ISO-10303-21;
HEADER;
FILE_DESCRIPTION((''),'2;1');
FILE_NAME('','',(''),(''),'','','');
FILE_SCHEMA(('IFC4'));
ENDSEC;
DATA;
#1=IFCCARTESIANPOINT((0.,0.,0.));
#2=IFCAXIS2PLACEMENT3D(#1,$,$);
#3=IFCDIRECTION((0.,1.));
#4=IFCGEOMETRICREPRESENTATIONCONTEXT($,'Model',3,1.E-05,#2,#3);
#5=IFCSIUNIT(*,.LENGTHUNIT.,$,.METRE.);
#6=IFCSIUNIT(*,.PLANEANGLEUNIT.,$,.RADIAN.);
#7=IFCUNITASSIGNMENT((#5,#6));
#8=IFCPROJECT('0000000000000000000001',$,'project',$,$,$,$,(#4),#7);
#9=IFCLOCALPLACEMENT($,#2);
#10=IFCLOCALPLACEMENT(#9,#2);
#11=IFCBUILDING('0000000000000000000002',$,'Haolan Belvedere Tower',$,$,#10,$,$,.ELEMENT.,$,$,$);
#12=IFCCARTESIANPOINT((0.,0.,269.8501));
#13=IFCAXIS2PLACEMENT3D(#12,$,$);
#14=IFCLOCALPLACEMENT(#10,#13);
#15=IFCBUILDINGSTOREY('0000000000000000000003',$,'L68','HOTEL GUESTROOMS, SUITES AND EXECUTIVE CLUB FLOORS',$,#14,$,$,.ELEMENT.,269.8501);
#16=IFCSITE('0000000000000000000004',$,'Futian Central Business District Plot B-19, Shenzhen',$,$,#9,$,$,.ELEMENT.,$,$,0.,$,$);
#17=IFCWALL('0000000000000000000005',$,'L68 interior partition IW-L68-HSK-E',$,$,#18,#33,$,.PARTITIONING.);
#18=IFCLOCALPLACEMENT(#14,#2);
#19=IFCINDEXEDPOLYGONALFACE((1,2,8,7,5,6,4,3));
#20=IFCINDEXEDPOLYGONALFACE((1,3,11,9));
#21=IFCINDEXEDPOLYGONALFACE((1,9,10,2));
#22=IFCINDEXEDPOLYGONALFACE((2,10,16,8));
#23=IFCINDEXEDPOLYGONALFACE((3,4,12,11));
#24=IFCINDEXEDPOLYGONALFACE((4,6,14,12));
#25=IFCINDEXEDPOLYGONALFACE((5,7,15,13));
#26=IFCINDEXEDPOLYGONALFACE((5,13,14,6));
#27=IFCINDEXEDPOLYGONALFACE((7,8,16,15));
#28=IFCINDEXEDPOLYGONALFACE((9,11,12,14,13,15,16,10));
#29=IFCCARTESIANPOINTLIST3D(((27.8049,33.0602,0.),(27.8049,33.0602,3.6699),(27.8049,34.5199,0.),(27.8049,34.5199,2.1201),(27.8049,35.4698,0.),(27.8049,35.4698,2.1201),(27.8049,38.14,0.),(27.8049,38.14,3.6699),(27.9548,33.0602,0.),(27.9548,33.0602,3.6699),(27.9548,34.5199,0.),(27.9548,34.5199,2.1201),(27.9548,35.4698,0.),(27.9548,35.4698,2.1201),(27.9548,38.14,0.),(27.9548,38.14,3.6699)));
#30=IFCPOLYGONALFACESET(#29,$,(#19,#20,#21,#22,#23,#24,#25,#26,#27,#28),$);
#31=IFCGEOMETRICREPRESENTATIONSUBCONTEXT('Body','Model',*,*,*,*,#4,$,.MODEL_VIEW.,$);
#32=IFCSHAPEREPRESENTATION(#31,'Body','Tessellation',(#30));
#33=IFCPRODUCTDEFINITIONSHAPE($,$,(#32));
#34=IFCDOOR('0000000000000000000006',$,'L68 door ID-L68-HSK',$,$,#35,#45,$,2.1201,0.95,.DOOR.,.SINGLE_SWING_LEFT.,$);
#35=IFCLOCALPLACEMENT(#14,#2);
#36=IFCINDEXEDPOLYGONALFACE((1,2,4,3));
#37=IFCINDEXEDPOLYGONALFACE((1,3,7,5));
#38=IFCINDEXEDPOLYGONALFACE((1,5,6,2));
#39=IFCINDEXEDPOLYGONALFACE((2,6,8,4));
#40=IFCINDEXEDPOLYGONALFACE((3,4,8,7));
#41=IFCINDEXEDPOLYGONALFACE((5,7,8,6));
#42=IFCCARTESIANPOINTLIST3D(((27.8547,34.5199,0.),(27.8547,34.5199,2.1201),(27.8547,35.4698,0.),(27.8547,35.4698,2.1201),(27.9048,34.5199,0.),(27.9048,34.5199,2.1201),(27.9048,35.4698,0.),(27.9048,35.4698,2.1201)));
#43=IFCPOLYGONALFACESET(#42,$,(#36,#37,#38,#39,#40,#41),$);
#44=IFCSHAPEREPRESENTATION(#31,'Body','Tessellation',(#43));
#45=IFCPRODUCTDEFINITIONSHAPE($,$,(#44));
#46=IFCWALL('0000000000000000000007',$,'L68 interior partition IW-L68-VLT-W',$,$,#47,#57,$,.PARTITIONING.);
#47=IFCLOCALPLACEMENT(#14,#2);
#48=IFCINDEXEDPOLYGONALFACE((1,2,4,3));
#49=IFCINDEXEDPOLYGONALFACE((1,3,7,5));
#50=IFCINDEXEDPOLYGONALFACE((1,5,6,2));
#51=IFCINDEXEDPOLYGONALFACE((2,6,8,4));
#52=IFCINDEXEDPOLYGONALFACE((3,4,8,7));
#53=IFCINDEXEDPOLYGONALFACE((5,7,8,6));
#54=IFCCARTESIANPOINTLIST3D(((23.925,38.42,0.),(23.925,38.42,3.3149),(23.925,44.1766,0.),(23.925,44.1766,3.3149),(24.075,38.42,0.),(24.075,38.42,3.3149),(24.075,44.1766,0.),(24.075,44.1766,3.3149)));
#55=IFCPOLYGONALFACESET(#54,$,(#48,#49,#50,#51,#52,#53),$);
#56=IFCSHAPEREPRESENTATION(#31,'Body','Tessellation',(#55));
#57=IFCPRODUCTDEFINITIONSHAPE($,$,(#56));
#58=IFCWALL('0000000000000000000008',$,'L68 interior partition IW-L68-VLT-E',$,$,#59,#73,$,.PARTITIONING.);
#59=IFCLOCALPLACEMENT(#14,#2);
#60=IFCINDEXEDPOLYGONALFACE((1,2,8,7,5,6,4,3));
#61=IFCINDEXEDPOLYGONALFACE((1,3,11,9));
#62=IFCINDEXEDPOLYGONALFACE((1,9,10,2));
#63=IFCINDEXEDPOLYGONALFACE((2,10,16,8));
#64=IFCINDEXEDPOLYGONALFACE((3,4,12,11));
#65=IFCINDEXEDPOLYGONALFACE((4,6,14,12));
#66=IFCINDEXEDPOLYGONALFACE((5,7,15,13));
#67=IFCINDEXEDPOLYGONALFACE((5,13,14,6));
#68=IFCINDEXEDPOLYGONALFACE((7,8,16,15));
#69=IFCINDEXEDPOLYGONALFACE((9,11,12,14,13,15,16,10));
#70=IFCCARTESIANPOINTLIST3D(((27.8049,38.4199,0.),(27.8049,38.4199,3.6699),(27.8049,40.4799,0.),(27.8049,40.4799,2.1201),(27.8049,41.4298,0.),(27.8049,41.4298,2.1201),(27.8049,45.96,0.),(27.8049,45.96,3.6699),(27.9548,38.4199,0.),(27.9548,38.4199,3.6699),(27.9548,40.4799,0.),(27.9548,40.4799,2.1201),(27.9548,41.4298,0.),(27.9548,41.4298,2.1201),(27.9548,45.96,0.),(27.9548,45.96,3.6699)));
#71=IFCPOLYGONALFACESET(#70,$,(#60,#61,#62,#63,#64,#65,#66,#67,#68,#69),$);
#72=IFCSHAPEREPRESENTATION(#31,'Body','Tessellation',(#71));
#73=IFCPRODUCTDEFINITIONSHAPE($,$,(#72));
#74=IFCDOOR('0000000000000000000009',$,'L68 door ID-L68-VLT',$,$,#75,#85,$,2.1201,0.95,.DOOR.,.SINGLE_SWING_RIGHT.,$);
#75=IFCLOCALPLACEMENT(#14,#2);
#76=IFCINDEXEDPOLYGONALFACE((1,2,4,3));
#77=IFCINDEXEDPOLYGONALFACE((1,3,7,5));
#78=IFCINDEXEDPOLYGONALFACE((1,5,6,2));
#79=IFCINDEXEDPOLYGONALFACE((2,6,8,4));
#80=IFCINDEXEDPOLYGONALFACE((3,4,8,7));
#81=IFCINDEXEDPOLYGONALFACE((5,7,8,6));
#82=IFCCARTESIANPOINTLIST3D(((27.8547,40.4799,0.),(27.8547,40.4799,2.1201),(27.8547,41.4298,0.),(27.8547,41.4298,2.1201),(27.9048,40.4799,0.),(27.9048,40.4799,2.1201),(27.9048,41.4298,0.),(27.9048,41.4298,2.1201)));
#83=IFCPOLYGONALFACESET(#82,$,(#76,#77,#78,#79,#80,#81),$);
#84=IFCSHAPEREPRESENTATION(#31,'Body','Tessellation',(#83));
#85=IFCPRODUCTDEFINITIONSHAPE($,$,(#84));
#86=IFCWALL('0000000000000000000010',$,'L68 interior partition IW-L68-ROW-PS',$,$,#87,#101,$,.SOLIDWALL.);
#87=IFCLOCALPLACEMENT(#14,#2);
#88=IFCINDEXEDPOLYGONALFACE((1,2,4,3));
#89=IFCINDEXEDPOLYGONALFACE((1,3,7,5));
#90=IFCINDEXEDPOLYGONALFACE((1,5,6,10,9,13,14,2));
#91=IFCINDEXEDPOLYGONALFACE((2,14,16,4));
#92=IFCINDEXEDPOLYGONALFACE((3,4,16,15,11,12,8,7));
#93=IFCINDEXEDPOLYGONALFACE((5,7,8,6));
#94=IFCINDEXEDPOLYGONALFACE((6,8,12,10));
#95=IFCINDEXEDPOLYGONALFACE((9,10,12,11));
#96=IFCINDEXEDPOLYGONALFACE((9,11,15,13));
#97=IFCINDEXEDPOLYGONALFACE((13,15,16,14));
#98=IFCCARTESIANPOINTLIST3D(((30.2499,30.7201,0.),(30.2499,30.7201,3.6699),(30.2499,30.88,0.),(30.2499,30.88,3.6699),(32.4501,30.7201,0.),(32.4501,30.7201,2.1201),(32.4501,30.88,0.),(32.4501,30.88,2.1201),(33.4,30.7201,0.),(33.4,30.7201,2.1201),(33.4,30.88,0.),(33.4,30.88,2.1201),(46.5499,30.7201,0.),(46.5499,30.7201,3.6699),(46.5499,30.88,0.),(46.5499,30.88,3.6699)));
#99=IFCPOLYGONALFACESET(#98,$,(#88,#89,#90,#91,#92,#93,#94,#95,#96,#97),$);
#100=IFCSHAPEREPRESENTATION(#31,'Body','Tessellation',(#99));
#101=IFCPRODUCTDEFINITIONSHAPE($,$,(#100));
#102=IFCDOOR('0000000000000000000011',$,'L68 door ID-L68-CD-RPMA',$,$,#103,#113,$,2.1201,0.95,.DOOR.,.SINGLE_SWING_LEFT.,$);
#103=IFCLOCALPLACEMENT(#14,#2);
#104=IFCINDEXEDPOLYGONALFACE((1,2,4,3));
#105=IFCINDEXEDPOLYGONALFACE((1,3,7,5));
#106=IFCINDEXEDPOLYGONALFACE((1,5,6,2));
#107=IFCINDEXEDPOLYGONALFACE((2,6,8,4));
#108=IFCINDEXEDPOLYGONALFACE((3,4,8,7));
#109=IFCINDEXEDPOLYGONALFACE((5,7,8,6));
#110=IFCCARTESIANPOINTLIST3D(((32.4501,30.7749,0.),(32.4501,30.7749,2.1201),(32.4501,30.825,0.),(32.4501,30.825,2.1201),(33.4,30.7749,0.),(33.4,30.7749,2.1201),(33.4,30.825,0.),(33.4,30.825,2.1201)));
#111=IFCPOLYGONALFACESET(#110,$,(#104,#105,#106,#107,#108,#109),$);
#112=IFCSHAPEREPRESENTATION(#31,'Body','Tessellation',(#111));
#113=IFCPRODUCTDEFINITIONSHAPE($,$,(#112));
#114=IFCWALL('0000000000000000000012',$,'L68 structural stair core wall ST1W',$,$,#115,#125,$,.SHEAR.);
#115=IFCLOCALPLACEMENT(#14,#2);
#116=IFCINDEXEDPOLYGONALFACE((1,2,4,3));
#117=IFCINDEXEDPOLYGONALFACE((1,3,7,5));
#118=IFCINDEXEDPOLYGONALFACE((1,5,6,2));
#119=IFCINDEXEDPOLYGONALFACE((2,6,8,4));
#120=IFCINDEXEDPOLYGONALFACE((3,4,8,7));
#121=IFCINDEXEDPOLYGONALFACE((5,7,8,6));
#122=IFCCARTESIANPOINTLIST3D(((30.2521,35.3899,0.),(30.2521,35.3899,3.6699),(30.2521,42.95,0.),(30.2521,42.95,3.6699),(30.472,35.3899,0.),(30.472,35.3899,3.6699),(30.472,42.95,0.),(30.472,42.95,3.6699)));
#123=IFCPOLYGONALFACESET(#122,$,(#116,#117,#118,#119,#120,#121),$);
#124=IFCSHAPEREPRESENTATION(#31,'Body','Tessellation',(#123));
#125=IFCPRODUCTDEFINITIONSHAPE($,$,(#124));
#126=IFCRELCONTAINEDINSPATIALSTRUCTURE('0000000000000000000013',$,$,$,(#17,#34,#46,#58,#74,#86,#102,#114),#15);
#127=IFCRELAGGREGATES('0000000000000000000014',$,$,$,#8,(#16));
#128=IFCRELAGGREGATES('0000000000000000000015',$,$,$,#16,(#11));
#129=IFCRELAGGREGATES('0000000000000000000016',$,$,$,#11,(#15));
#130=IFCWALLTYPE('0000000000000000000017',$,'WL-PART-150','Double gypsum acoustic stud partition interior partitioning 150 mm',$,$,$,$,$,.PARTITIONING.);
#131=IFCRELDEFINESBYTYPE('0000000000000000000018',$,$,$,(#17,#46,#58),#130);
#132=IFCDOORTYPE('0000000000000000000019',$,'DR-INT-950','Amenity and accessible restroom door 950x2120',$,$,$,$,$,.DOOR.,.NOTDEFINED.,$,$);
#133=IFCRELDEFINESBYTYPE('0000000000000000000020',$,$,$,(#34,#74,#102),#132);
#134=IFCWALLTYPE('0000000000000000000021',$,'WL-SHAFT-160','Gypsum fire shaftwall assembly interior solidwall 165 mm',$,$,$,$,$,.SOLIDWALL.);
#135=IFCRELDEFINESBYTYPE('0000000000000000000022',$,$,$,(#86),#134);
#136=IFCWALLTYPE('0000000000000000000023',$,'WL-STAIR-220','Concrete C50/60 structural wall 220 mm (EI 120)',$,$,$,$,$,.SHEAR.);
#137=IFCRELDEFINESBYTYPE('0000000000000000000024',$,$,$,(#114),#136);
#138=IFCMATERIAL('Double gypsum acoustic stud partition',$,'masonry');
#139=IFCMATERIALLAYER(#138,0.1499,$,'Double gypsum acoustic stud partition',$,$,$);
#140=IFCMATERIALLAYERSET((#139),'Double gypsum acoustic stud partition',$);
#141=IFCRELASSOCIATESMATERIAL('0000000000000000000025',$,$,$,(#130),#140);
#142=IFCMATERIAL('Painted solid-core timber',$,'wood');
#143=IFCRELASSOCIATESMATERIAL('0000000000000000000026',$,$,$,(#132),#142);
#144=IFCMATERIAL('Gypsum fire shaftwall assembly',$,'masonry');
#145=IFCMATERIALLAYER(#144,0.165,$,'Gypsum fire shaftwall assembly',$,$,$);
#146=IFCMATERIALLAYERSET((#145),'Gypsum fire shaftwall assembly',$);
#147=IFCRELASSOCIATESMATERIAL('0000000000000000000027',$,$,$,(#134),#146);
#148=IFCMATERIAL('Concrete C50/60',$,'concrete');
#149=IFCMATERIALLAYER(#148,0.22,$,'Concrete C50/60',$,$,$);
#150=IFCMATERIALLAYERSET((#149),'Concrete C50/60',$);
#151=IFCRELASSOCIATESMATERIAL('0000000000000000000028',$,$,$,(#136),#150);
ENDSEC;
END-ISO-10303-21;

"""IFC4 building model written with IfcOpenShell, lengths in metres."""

from ifc_helpers import new_model, si_unit, direction, frame, frame_2d, origin, place, context, subcontext, project, spatial, rectangle, extrude, material, layer, layer_set, type_object, element, fill, save


model = new_model("IFC4")

# Units and contexts
model_context = context("Model", 3, precision=1e-05, world=origin(), true_north=direction((0.0, 1.0)))
body_context = subcontext(model_context, "Body", "Model", "MODEL_VIEW")
ifc_project = project(units=[si_unit("LENGTHUNIT", "METRE"), si_unit("PLANEANGLEUNIT", "RADIAN")], contexts=[model_context])

# Site, building, storey
site_placement = place(None, origin())
site = spatial("IfcSite", under=ifc_project, at=site_placement, Name="Futian Central Business District Plot B-19, Shenzhen", CompositionType="ELEMENT", RefElevation=0.0)
building_placement = place(site_placement, origin())
building = spatial("IfcBuilding", under=site, at=building_placement, Name="Haolan Belvedere Tower", CompositionType="ELEMENT")
storey_placement = place(building_placement, frame((0.0, 0.0, 269.8501)))
storey = spatial("IfcBuildingStorey", under=building, at=storey_placement, Name="L68", Description="HOTEL GUESTROOMS, SUITES AND EXECUTIVE CLUB FLOORS", CompositionType="ELEMENT", Elevation=269.8501)

# Shared definitions
ifc_material_1 = material(Name="Concrete C50/60", Category="concrete")

# Wall, opening, door
ifc_material_2 = material(Name="Double gypsum acoustic stud partition", Category="masonry")
ifc_layer_1 = layer(ifc_material_2, 0.1499, Name="Double gypsum acoustic stud partition")
ifc_layer_set_1 = layer_set([ifc_layer_1], Name="Double gypsum acoustic stud partition")
wall_type_1 = type_object("IfcWallType", Name="WL-PART-150", Description="Double gypsum acoustic stud partition interior partitioning 150 mm", PredefinedType="PARTITIONING", material=ifc_layer_set_1)
wall_1_placement = place(storey_placement, frame((27.8799, 33.0601, 0.0), z_axis=(0.0, 0.0, 1.0), x_axis=(0.0, 1.0, 0.0)))
wall_1 = element("IfcWall", 1, at=wall_1_placement, inside=storey, type_object=wall_type_1, Name="L68 interior partition IW-L68-HSK-E", PredefinedType="PARTITIONING", context=body_context, shape_type="SweptSolid", body=[
    extrude(rectangle(XDim=5.0798, YDim=0.1499, at=frame_2d((2.54, 0.0))), origin(), (0.0, 0.0, 1.0), 3.6699),
])
opening_1_placement = place(wall_1_placement, frame((2.4099, 0.0, 0.0), z_axis=(0.0, 0.0, 1.0), x_axis=(-1.0, 0.0, 0.0)))
opening_1 = element("IfcOpeningElement", 2, at=opening_1_placement, cuts=wall_1, PredefinedType="OPENING", context=body_context, shape_type="SweptSolid", body=[
    extrude(rectangle(XDim=0.95, YDim=2.1201, at=frame_2d((0.4751, 1.0601))), frame((0.0, 0.085, 0.0), z_axis=(0.0, -1.0, 0.0), x_axis=(1.0, 0.0, 0.0)), (0.0, 0.0, 1.0), 0.1699),
])
ifc_material_3 = material(Name="Painted solid-core timber", Category="wood")
door_type_1 = type_object("IfcDoorType", Name="DR-INT-950", Description="Amenity and accessible restroom door 950x2120", OperationType="NOTDEFINED", PredefinedType="DOOR", material=ifc_material_3)
door_1_placement = place(opening_1_placement, origin())
door_1 = element("IfcDoor", 3, at=door_1_placement, inside=storey, type_object=door_type_1, Name="L68 door ID-L68-HSK", OperationType="SINGLE_SWING_LEFT", OverallHeight=2.1201, OverallWidth=0.95, PredefinedType="DOOR", context=body_context, shape_type="SweptSolid", body=[
    extrude(rectangle(XDim=0.95, YDim=2.1201, at=frame_2d((0.4751, 1.0601))), frame((0.0, 0.0249, 0.0), z_axis=(0.0, -1.0, 0.0), x_axis=(1.0, 0.0, 0.0)), (0.0, 0.0, 1.0), 0.05),
])
fill(opening_1, door_1)

# Wall
wall_2_placement = place(storey_placement, frame((24.0, 38.4199, 0.0), z_axis=(0.0, 0.0, 1.0), x_axis=(0.0, 1.0, 0.0)))
element("IfcWall", 4, at=wall_2_placement, inside=storey, type_object=wall_type_1, Name="L68 interior partition IW-L68-VLT-W", PredefinedType="PARTITIONING", context=body_context, shape_type="SweptSolid", body=[
    extrude(rectangle(XDim=5.7566, YDim=0.1499, at=frame_2d((2.8784, 0.0))), origin(), (0.0, 0.0, 1.0), 3.3149),
])

# Walls, openings, doors
wall_3_placement = place(storey_placement, frame((27.8799, 38.4199, 0.0), z_axis=(0.0, 0.0, 1.0), x_axis=(0.0, 1.0, 0.0)))
wall_3 = element("IfcWall", 5, at=wall_3_placement, inside=storey, type_object=wall_type_1, Name="L68 interior partition IW-L68-VLT-E", PredefinedType="PARTITIONING", context=body_context, shape_type="SweptSolid", body=[
    extrude(rectangle(XDim=7.54, YDim=0.1499, at=frame_2d((3.77, 0.0))), origin(), (0.0, 0.0, 1.0), 3.6699),
])
opening_2_placement = place(wall_3_placement, frame((3.01, 0.0, 0.0), z_axis=(0.0, 0.0, 1.0), x_axis=(-1.0, 0.0, 0.0)))
opening_2 = element("IfcOpeningElement", 6, at=opening_2_placement, cuts=wall_3, PredefinedType="OPENING", context=body_context, shape_type="SweptSolid", body=[
    extrude(rectangle(XDim=0.95, YDim=2.1201, at=frame_2d((0.4751, 1.0601))), frame((0.0, 0.085, 0.0), z_axis=(0.0, -1.0, 0.0), x_axis=(1.0, 0.0, 0.0)), (0.0, 0.0, 1.0), 0.1699),
])
door_2_placement = place(opening_2_placement, origin())
door_2 = element("IfcDoor", 7, at=door_2_placement, inside=storey, type_object=door_type_1, Name="L68 door ID-L68-VLT", OperationType="SINGLE_SWING_RIGHT", OverallHeight=2.1201, OverallWidth=0.95, PredefinedType="DOOR", context=body_context, shape_type="SweptSolid", body=[
    extrude(rectangle(XDim=0.95, YDim=2.1201, at=frame_2d((0.4751, 1.0601))), frame((0.0, 0.0249, 0.0), z_axis=(0.0, -1.0, 0.0), x_axis=(1.0, 0.0, 0.0)), (0.0, 0.0, 1.0), 0.05),
])
fill(opening_2, door_2)
ifc_material_4 = material(Name="Gypsum fire shaftwall assembly", Category="masonry")
ifc_layer_2 = layer(ifc_material_4, 0.165, Name="Gypsum fire shaftwall assembly")
ifc_layer_set_2 = layer_set([ifc_layer_2], Name="Gypsum fire shaftwall assembly")
wall_type_2 = type_object("IfcWallType", Name="WL-SHAFT-160", Description="Gypsum fire shaftwall assembly interior solidwall 165 mm", PredefinedType="SOLIDWALL", material=ifc_layer_set_2)
wall_4_placement = place(storey_placement, frame((30.25, 30.8, 0.0), z_axis=(0.0, 0.0, 1.0), x_axis=(1.0, 0.0, 0.0)))
wall_4 = element("IfcWall", 8, at=wall_4_placement, inside=storey, type_object=wall_type_2, Name="L68 interior partition IW-L68-ROW-PS", PredefinedType="SOLIDWALL", context=body_context, shape_type="SweptSolid", body=[
    extrude(rectangle(XDim=16.3, YDim=0.1599, at=frame_2d((8.1499, 0.0))), origin(), (0.0, 0.0, 1.0), 3.6699),
])
opening_3_placement = place(wall_4_placement, frame((2.2, 0.0, 0.0)))
opening_3 = element("IfcOpeningElement", 9, at=opening_3_placement, cuts=wall_4, PredefinedType="OPENING", context=body_context, shape_type="SweptSolid", body=[
    extrude(rectangle(XDim=0.95, YDim=2.1201, at=frame_2d((0.4751, 1.0601))), frame((0.0, 0.0898, 0.0), z_axis=(0.0, -1.0, 0.0), x_axis=(1.0, 0.0, 0.0)), (0.0, 0.0, 1.0), 0.1799),
])
door_3_placement = place(opening_3_placement, origin())
door_3 = element("IfcDoor", 10, at=door_3_placement, inside=storey, type_object=door_type_1, Name="L68 door ID-L68-CD-RPMA", OperationType="SINGLE_SWING_LEFT", OverallHeight=2.1201, OverallWidth=0.95, PredefinedType="DOOR", context=body_context, shape_type="SweptSolid", body=[
    extrude(rectangle(XDim=0.95, YDim=2.1201, at=frame_2d((0.4751, 1.0601))), frame((0.0, 0.0249, 0.0), z_axis=(0.0, -1.0, 0.0), x_axis=(1.0, 0.0, 0.0)), (0.0, 0.0, 1.0), 0.05),
])
fill(opening_3, door_3)

# Wall
ifc_layer_3 = layer(ifc_material_1, 0.22, Name="Concrete C50/60")
ifc_layer_set_3 = layer_set([ifc_layer_3], Name="Concrete C50/60")
wall_type_3 = type_object("IfcWallType", Name="WL-STAIR-220", Description="Concrete C50/60 structural wall 220 mm (EI 120)", PredefinedType="SHEAR", material=ifc_layer_set_3)
wall_5_placement = place(storey_placement, frame((30.3621, 35.3899, 0.0), z_axis=(0.0, 0.0, 1.0), x_axis=(0.0, 1.0, 0.0)))
element("IfcWall", 11, at=wall_5_placement, inside=storey, type_object=wall_type_3, Name="L68 structural stair core wall ST1W", PredefinedType="SHEAR", context=body_context, shape_type="SweptSolid", body=[
    extrude(rectangle(XDim=7.5601, YDim=0.22, at=frame_2d((3.78, 0.0))), origin(), (0.0, 0.0, 1.0), 3.6699),
])

save(model, "model.ifc")
